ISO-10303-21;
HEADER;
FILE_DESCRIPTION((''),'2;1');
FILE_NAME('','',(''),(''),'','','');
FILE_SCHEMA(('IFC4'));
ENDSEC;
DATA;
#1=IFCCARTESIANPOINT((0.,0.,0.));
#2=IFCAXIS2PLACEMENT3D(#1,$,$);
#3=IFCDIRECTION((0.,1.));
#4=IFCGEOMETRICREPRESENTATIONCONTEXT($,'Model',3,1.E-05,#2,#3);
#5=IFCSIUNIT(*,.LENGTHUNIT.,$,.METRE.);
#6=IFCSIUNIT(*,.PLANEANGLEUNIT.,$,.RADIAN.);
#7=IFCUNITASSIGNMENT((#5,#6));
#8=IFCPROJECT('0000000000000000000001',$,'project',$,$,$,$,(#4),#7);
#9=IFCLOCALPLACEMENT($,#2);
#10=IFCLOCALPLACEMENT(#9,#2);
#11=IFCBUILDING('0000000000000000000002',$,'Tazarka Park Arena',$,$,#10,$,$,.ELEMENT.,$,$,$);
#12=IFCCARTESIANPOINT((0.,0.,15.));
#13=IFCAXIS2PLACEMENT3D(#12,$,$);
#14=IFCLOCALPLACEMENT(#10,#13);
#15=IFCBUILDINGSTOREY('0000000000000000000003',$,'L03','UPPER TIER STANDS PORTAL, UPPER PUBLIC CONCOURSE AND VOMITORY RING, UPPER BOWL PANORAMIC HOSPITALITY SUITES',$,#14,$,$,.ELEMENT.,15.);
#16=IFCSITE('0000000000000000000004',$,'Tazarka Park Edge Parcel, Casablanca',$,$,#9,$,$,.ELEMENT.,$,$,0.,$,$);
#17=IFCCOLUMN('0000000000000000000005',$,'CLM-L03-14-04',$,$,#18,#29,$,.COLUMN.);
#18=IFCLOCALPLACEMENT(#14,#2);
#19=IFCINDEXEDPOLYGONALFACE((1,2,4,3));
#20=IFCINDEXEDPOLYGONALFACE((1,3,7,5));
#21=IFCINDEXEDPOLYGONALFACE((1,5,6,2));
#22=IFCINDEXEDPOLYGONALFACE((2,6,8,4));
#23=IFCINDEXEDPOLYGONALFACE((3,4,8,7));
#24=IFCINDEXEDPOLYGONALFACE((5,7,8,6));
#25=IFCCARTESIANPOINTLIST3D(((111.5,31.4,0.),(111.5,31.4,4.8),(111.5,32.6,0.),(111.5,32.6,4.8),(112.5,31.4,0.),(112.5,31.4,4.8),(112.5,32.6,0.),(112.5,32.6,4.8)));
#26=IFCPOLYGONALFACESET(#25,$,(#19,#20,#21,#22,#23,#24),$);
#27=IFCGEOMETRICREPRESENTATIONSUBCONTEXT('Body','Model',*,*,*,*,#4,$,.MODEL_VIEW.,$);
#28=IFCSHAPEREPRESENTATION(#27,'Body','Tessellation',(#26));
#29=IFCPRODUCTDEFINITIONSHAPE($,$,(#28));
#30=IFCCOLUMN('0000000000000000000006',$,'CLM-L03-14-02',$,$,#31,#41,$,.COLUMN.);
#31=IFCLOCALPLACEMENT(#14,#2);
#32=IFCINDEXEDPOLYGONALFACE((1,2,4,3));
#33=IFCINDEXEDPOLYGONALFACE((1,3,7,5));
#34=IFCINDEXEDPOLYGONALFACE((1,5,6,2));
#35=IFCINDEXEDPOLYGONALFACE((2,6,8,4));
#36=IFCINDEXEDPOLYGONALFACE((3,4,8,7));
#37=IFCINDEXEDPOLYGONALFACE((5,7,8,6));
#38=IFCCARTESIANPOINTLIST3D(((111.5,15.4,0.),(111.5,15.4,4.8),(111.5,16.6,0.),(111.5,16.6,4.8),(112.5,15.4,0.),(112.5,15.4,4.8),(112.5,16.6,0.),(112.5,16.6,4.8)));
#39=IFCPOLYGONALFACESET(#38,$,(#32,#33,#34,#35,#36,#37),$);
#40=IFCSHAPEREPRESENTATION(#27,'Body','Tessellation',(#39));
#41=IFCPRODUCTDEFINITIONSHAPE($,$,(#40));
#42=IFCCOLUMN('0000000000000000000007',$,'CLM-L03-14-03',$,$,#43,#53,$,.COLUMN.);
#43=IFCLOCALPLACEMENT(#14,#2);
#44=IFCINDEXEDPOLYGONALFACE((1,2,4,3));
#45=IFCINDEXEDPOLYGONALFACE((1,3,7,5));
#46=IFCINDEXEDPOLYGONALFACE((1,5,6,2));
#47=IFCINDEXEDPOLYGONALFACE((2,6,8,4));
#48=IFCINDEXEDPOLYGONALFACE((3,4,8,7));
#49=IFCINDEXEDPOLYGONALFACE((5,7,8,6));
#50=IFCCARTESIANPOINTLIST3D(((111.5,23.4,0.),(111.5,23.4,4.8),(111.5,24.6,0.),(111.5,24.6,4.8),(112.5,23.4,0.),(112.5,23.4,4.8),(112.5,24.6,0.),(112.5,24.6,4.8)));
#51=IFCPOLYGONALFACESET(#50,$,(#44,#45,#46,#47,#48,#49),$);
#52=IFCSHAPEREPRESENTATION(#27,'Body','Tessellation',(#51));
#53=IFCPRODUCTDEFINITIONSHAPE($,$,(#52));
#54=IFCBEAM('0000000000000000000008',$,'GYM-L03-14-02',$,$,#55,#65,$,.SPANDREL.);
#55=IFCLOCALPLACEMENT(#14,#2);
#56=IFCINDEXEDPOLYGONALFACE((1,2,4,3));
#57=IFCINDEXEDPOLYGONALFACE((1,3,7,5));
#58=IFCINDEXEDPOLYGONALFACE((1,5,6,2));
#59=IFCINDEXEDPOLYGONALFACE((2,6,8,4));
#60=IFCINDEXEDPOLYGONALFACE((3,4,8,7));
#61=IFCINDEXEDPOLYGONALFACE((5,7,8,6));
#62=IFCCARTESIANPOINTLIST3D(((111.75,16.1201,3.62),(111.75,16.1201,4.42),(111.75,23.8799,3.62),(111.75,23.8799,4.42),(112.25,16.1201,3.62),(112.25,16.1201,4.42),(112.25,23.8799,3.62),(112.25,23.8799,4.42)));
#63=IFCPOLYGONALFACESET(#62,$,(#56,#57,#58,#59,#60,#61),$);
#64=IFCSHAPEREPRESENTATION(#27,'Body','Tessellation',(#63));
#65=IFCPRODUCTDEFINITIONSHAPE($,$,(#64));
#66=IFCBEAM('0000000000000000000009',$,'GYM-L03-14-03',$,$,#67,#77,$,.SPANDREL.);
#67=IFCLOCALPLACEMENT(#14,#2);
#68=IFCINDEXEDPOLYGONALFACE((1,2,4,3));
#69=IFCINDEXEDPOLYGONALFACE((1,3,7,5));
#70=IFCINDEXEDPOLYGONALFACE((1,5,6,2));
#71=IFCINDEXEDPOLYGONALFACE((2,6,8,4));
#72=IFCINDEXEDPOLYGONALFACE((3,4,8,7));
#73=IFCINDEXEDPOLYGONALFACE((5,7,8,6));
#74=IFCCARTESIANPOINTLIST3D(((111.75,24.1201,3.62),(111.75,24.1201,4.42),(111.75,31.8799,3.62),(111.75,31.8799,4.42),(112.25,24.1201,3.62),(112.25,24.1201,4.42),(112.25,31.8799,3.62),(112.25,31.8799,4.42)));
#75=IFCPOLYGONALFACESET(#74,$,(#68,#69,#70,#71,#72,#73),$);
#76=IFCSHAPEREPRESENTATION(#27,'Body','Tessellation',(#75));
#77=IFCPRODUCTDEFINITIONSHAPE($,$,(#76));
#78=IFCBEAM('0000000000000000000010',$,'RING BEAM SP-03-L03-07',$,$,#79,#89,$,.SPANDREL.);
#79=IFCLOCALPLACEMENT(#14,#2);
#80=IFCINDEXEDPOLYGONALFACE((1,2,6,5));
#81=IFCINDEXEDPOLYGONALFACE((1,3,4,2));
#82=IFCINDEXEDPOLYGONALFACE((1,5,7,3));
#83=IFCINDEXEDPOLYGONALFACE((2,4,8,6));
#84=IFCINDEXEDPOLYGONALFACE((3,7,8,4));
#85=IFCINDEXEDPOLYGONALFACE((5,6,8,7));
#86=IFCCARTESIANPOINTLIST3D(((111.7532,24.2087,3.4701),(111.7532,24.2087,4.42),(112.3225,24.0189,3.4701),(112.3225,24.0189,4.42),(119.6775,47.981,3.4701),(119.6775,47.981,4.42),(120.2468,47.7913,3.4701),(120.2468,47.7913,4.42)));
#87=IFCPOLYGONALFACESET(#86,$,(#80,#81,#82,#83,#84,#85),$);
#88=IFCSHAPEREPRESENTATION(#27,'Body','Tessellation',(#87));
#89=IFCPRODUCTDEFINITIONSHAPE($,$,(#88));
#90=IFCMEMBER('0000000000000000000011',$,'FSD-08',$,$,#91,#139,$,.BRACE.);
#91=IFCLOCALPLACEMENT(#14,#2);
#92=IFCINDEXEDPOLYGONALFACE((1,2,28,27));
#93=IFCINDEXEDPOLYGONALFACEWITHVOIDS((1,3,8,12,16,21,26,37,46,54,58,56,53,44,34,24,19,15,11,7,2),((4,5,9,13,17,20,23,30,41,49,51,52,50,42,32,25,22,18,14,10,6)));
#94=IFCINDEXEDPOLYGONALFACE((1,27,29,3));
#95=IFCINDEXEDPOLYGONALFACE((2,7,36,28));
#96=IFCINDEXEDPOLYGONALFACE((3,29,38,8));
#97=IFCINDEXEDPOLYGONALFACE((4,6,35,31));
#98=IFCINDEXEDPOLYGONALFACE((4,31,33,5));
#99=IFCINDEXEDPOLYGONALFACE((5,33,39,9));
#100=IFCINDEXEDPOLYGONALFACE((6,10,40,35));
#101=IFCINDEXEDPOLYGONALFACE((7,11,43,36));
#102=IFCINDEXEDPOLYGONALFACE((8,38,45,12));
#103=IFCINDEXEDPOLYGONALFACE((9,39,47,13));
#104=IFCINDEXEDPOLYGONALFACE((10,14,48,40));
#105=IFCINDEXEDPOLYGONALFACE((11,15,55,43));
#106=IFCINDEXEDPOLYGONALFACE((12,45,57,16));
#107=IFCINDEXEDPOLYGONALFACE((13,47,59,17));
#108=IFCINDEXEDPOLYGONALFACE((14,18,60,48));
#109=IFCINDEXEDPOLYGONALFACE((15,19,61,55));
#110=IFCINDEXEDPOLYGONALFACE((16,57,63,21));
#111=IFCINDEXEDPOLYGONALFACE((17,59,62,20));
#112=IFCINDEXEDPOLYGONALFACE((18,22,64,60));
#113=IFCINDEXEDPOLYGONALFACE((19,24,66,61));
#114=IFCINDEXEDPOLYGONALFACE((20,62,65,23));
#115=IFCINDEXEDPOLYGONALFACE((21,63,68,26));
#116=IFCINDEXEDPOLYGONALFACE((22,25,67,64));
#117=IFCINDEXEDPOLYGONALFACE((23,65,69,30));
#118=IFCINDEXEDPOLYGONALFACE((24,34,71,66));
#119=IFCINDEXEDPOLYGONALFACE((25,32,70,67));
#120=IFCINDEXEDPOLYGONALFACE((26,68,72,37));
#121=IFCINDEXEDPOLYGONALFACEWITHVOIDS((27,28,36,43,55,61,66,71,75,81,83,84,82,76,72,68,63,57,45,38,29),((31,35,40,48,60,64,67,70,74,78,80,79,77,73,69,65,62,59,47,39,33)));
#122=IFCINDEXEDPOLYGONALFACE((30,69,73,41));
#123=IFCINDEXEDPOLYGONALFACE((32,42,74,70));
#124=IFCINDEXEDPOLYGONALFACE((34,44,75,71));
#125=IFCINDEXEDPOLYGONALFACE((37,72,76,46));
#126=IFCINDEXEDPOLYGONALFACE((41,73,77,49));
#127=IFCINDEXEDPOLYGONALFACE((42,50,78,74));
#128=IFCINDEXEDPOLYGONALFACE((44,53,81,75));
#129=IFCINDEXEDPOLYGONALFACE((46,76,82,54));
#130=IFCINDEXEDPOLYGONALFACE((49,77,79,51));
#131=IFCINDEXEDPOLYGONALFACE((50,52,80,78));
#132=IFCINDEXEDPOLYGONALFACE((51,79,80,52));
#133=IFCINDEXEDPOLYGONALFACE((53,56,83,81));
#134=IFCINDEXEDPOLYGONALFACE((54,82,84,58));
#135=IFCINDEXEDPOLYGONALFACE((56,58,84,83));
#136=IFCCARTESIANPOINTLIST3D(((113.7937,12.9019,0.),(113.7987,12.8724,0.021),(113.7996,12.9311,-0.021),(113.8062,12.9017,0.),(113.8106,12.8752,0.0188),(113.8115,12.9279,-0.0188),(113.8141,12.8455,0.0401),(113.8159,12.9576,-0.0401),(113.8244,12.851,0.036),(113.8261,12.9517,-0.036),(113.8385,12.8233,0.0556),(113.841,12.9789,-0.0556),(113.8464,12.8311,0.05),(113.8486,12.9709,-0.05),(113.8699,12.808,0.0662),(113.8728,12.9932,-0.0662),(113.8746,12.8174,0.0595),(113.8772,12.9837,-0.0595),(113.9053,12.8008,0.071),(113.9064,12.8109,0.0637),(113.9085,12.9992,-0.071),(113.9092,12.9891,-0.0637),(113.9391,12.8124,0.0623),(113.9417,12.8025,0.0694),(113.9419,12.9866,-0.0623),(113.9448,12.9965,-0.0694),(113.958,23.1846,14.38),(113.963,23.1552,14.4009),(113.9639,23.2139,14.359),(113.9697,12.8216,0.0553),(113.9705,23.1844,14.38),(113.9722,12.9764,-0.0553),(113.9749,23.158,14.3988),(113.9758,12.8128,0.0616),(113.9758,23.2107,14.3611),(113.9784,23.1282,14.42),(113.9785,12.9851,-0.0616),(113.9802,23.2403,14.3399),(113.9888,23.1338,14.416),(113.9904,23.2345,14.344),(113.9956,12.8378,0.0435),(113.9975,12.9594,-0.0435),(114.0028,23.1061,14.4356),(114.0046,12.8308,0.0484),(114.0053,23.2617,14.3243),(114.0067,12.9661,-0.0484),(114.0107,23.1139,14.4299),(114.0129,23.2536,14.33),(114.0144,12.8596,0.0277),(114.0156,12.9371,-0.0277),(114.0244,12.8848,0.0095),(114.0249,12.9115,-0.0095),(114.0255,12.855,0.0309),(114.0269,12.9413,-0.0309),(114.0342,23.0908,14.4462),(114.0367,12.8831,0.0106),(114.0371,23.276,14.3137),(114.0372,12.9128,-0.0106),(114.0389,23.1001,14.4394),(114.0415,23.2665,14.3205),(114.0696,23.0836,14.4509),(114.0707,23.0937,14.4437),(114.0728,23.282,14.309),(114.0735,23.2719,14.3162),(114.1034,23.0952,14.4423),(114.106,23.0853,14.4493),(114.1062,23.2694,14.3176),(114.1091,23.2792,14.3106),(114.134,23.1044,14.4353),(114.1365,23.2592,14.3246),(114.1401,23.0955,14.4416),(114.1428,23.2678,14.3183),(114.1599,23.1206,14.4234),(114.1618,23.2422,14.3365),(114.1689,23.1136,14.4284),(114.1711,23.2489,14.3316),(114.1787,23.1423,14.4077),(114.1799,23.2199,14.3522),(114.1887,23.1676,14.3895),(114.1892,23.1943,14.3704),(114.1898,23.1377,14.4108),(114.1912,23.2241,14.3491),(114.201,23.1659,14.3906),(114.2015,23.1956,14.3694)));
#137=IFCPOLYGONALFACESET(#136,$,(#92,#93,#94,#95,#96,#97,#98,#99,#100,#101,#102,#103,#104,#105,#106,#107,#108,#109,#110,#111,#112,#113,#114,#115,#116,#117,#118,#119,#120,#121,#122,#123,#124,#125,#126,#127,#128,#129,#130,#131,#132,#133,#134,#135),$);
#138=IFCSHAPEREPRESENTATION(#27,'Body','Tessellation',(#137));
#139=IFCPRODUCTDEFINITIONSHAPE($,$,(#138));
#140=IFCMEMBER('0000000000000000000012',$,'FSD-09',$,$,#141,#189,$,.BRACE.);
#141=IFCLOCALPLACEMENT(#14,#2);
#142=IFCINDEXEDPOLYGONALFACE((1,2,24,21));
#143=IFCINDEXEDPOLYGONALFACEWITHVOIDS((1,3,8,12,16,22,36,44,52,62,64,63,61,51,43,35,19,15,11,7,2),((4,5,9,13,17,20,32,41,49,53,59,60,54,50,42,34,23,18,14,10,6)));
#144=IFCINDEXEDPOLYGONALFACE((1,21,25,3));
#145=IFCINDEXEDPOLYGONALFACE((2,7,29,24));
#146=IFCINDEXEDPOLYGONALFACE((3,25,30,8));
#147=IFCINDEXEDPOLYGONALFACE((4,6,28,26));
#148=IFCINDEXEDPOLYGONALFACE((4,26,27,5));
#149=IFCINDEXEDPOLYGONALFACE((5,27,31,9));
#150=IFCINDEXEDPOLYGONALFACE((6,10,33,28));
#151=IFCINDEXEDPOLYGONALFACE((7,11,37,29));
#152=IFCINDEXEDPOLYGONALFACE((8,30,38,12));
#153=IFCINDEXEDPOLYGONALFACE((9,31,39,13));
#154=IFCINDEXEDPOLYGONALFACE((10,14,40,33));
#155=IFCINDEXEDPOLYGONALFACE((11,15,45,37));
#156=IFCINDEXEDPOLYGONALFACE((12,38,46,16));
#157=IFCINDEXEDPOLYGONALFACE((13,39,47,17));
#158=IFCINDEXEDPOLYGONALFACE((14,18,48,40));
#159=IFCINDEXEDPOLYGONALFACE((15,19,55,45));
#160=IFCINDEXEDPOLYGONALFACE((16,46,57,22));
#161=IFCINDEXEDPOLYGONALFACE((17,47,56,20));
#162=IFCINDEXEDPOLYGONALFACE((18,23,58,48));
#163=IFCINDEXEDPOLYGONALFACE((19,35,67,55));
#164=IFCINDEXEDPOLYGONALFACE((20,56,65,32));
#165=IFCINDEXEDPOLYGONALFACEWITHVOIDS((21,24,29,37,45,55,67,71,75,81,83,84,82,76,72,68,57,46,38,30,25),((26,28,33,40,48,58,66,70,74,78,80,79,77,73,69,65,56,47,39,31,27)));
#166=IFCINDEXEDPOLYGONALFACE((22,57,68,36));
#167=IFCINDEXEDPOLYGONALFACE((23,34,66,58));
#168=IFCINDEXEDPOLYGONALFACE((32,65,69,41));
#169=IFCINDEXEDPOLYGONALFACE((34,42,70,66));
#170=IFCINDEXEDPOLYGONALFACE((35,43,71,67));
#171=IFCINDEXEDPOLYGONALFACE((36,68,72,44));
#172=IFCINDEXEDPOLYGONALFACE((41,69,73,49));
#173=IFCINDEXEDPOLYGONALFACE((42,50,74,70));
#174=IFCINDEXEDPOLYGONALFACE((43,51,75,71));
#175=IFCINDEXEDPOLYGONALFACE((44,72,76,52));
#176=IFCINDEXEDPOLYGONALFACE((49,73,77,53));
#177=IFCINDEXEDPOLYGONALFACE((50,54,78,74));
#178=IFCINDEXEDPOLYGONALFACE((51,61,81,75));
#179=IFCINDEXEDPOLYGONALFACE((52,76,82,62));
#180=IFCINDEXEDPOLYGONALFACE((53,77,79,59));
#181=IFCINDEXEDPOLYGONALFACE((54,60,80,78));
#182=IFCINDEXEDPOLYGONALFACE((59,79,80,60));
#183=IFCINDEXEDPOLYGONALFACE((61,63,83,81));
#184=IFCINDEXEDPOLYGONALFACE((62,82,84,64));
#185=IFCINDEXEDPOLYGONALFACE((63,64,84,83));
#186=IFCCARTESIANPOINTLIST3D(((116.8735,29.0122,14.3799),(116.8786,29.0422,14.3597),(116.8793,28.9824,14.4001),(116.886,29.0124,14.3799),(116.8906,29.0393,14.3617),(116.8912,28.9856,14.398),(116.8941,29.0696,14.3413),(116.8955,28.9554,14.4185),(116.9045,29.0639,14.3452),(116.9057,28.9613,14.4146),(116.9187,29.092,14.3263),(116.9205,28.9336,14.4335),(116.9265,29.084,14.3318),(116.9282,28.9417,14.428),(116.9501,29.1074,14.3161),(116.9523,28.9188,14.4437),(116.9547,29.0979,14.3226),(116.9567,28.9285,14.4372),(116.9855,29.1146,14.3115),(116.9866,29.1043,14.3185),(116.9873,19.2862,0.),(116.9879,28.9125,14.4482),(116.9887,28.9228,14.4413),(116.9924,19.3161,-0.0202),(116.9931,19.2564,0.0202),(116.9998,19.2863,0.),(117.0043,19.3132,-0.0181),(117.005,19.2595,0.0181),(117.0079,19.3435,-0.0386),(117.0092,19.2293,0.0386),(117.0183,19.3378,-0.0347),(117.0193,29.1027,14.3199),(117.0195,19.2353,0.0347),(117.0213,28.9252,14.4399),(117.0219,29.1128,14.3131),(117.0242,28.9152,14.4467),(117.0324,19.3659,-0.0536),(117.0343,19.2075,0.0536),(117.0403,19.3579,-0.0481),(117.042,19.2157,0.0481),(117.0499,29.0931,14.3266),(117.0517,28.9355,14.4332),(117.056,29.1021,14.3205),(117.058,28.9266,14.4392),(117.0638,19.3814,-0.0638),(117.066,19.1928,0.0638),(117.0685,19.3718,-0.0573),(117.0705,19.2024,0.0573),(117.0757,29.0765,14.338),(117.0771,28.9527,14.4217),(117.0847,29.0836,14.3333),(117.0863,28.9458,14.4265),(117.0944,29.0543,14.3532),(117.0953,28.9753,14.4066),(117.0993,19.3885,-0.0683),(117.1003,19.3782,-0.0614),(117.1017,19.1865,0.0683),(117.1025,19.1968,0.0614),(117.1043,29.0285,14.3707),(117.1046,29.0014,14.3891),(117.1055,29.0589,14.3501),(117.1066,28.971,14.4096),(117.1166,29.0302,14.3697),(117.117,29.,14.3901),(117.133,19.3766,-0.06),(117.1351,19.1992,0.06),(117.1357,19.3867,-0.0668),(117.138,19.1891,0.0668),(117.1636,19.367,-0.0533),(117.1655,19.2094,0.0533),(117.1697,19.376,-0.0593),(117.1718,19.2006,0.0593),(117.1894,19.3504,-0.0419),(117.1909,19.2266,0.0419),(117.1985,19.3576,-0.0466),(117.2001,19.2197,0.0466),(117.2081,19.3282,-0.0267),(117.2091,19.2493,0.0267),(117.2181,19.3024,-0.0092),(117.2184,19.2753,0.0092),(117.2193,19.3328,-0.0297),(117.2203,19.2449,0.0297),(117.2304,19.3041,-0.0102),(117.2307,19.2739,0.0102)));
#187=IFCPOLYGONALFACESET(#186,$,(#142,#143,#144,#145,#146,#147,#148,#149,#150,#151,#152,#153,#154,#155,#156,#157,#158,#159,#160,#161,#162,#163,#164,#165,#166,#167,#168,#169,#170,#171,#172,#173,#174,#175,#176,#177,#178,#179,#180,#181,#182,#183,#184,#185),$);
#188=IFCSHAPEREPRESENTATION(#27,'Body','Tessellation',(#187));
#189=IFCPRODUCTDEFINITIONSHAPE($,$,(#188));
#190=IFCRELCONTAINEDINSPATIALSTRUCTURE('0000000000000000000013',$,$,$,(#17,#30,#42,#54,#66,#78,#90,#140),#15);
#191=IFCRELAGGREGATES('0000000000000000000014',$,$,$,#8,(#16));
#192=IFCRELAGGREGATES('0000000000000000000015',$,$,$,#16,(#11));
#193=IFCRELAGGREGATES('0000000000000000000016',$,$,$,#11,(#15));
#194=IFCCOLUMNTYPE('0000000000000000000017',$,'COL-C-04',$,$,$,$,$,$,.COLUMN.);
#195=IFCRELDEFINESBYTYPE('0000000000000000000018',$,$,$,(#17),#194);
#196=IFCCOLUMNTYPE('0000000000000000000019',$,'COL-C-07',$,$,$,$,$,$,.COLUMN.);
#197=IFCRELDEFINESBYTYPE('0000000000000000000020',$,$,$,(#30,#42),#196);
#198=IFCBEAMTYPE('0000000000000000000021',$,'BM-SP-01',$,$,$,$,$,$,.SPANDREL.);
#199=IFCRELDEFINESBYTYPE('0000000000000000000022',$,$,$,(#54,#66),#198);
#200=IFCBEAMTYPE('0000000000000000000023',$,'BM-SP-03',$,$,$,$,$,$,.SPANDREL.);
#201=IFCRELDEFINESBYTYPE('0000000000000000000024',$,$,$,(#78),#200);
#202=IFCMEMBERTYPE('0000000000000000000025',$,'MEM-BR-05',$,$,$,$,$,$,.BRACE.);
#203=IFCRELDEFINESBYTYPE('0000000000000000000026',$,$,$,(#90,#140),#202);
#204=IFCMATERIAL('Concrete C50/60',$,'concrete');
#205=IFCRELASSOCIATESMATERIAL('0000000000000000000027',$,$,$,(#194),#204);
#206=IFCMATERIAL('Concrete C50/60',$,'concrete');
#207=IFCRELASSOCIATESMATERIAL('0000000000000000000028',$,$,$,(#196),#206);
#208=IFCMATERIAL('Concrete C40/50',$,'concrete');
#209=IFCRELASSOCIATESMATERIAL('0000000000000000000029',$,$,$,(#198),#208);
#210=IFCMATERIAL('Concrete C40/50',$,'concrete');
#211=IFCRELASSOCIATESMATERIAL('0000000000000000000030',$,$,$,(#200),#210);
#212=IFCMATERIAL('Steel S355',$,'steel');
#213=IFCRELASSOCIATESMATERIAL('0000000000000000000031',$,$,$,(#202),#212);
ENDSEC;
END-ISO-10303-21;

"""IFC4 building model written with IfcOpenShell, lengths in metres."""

from ifc_helpers import new_model, si_unit, direction, frame, origin, origin_2d, place, context, subcontext, project, spatial, rectangle, hollow_circle, extrude, material, material_profile, profile_set, type_object, element, save


model = new_model("IFC4")

# Units and contexts
model_context = context("Model", 3, precision=1e-05, world=origin(), true_north=direction((0.0, 1.0)))
body_context = subcontext(model_context, "Body", "Model", "MODEL_VIEW")
ifc_project = project(units=[si_unit("LENGTHUNIT", "METRE"), si_unit("PLANEANGLEUNIT", "RADIAN")], contexts=[model_context])

# Site, building, storey
site_placement = place(None, origin())
site = spatial("IfcSite", under=ifc_project, at=site_placement, Name="Tazarka Park Edge Parcel, Casablanca", CompositionType="ELEMENT", RefElevation=0.0)
building_placement = place(site_placement, origin())
building = spatial("IfcBuilding", under=site, at=building_placement, Name="Tazarka Park Arena", CompositionType="ELEMENT")
storey_placement = place(building_placement, frame((0.0, 0.0, 15.0)))
storey = spatial("IfcBuildingStorey", under=building, at=storey_placement, Name="L03", Description="UPPER TIER STANDS PORTAL, UPPER PUBLIC CONCOURSE AND VOMITORY RING, UPPER BOWL PANORAMIC HOSPITALITY SUITES", CompositionType="ELEMENT", Elevation=15.0)

# Columns
ifc_material_1 = material(Name="Concrete C50/60", Category="concrete")
ifc_material_profile_1 = material_profile(ifc_material_1, rectangle(XDim=1.0, YDim=1.2, at=origin_2d()), Name="Concrete C50/60")
ifc_profile_set_1 = profile_set([ifc_material_profile_1], Name="Concrete C50/60")
column_type_1 = type_object("IfcColumnType", Name="COL-C-04", PredefinedType="COLUMN", material=ifc_profile_set_1)
column_placement = place(storey_placement, frame((112.0, 32.0, 0.0), z_axis=(0.0, 0.0, 1.0), x_axis=(1.0, 0.0, 0.0)))
element("IfcColumn", 1, at=column_placement, inside=storey, type_object=column_type_1, Name="CLM-L03-14-04", PredefinedType="COLUMN", context=body_context, shape_type="SweptSolid", body=[
    extrude(rectangle(XDim=1.0, YDim=1.2, at=origin_2d()), origin(), (0.0, 0.0, 1.0), 4.8),
])
ifc_material_2 = material(Name="Concrete C50/60", Category="concrete")
ifc_material_profile_2 = material_profile(ifc_material_2, rectangle(XDim=1.0, YDim=1.2, at=origin_2d()), Name="Concrete C50/60")
ifc_profile_set_2 = profile_set([ifc_material_profile_2], Name="Concrete C50/60")
column_type_2 = type_object("IfcColumnType", Name="COL-C-07", PredefinedType="COLUMN", material=ifc_profile_set_2)
for number, where, z_axis, x_axis, name in (
    (2, (112.0, 16.0, 0.0), (0.0, 0.0, 1.0), (1.0, 0.0, 0.0), "CLM-L03-14-02"),
    (3, (112.0, 24.0, 0.0), (0.0, 0.0, 1.0), (1.0, 0.0, 0.0), "CLM-L03-14-03"),
):
    element("IfcColumn", number, at=place(storey_placement, frame(where, z_axis=z_axis, x_axis=x_axis)), inside=storey, type_object=column_type_2, Name=name, PredefinedType="COLUMN", context=body_context, shape_type="SweptSolid", body=[
        extrude(rectangle(XDim=1.0, YDim=1.2, at=origin_2d()), origin(), (0.0, 0.0, 1.0), 4.8),
    ])

# Beams
ifc_material_3 = material(Name="Concrete C40/50", Category="concrete")
ifc_material_profile_3 = material_profile(ifc_material_3, rectangle(XDim=0.5, YDim=0.8, at=origin_2d()), Name="Concrete C40/50")
ifc_profile_set_3 = profile_set([ifc_material_profile_3], Name="Concrete C40/50")
beam_type_1 = type_object("IfcBeamType", Name="BM-SP-01", PredefinedType="SPANDREL", material=ifc_profile_set_3)
for number, where, z_axis, x_axis, name in (
    (4, (112.0, 16.1201, 4.02), (0.0, 1.0, 0.0), (-1.0, 0.0, 0.0), "GYM-L03-14-02"),
    (5, (112.0, 24.1201, 4.02), (0.0, 1.0, 0.0), (-1.0, 0.0, 0.0), "GYM-L03-14-03"),
):
    element("IfcBeam", number, at=place(storey_placement, frame(where, z_axis=z_axis, x_axis=x_axis)), inside=storey, type_object=beam_type_1, Name=name, PredefinedType="SPANDREL", context=body_context, shape_type="SweptSolid", body=[
        extrude(rectangle(XDim=0.5, YDim=0.8, at=origin_2d()), origin(), (0.0, 0.0, 1.0), 7.7598),
    ])
ifc_material_4 = material(Name="Concrete C40/50", Category="concrete")
ifc_material_profile_4 = material_profile(ifc_material_4, rectangle(XDim=0.6001, YDim=0.95, at=origin_2d()), Name="Concrete C40/50")
ifc_profile_set_4 = profile_set([ifc_material_profile_4], Name="Concrete C40/50")
beam_type_2 = type_object("IfcBeamType", Name="BM-SP-03", PredefinedType="SPANDREL", material=ifc_profile_set_4)
beam_placement = place(storey_placement, frame((112.0378, 24.1138, 3.9451), z_axis=(0.316234, 0.948681, 0.0), x_axis=(-0.948681, 0.316234, 0.0)))
element("IfcBeam", 6, at=beam_placement, inside=storey, type_object=beam_type_2, Name="RING BEAM SP-03-L03-07", PredefinedType="SPANDREL", context=body_context, shape_type="SweptSolid", body=[
    extrude(rectangle(XDim=0.6001, YDim=0.95, at=origin_2d()), origin(), (0.0, 0.0, 1.0), 25.0583),
])

# Members
ifc_material_5 = material(Name="Steel S355", Category="steel")
ifc_material_profile_5 = material_profile(ifc_material_5, hollow_circle(Radius=0.1223, WallThickness=0.0125, at=origin_2d()), Name="Steel S355")
ifc_profile_set_5 = profile_set([ifc_material_profile_5], Name="Steel S355")
member_type_1 = type_object("IfcMemberType", Name="MEM-BR-05", PredefinedType="BRACE", material=ifc_profile_set_5)
member_1_placement = place(storey_placement, frame((113.916, 12.8999, 0.0), z_axis=(0.009294, 0.581639, 0.813394), x_axis=(-0.999872, 0.015977, 0.0)))
element("IfcMember", 7, at=member_1_placement, inside=storey, type_object=member_type_1, Name="FSD-08", PredefinedType="BRACE", context=body_context, shape_type="SweptSolid", body=[
    extrude(hollow_circle(Radius=0.1223, WallThickness=0.0125, at=origin_2d()), origin(), (0.0, 0.0, 1.0), 17.679),
])
member_2_placement = place(storey_placement, frame((117.1096, 19.2876, 0.0), z_axis=(-0.006553, 0.560238, 0.828306), x_axis=(-0.999932, -0.011697, 0.0)))
element("IfcMember", 8, at=member_2_placement, inside=storey, type_object=member_type_1, Name="FSD-09", PredefinedType="BRACE", context=body_context, shape_type="SweptSolid", body=[
    extrude(hollow_circle(Radius=0.1223, WallThickness=0.0125, at=origin_2d()), origin(), (0.0, 0.0, 1.0), 17.3606),
])

save(model, "model.ifc")
